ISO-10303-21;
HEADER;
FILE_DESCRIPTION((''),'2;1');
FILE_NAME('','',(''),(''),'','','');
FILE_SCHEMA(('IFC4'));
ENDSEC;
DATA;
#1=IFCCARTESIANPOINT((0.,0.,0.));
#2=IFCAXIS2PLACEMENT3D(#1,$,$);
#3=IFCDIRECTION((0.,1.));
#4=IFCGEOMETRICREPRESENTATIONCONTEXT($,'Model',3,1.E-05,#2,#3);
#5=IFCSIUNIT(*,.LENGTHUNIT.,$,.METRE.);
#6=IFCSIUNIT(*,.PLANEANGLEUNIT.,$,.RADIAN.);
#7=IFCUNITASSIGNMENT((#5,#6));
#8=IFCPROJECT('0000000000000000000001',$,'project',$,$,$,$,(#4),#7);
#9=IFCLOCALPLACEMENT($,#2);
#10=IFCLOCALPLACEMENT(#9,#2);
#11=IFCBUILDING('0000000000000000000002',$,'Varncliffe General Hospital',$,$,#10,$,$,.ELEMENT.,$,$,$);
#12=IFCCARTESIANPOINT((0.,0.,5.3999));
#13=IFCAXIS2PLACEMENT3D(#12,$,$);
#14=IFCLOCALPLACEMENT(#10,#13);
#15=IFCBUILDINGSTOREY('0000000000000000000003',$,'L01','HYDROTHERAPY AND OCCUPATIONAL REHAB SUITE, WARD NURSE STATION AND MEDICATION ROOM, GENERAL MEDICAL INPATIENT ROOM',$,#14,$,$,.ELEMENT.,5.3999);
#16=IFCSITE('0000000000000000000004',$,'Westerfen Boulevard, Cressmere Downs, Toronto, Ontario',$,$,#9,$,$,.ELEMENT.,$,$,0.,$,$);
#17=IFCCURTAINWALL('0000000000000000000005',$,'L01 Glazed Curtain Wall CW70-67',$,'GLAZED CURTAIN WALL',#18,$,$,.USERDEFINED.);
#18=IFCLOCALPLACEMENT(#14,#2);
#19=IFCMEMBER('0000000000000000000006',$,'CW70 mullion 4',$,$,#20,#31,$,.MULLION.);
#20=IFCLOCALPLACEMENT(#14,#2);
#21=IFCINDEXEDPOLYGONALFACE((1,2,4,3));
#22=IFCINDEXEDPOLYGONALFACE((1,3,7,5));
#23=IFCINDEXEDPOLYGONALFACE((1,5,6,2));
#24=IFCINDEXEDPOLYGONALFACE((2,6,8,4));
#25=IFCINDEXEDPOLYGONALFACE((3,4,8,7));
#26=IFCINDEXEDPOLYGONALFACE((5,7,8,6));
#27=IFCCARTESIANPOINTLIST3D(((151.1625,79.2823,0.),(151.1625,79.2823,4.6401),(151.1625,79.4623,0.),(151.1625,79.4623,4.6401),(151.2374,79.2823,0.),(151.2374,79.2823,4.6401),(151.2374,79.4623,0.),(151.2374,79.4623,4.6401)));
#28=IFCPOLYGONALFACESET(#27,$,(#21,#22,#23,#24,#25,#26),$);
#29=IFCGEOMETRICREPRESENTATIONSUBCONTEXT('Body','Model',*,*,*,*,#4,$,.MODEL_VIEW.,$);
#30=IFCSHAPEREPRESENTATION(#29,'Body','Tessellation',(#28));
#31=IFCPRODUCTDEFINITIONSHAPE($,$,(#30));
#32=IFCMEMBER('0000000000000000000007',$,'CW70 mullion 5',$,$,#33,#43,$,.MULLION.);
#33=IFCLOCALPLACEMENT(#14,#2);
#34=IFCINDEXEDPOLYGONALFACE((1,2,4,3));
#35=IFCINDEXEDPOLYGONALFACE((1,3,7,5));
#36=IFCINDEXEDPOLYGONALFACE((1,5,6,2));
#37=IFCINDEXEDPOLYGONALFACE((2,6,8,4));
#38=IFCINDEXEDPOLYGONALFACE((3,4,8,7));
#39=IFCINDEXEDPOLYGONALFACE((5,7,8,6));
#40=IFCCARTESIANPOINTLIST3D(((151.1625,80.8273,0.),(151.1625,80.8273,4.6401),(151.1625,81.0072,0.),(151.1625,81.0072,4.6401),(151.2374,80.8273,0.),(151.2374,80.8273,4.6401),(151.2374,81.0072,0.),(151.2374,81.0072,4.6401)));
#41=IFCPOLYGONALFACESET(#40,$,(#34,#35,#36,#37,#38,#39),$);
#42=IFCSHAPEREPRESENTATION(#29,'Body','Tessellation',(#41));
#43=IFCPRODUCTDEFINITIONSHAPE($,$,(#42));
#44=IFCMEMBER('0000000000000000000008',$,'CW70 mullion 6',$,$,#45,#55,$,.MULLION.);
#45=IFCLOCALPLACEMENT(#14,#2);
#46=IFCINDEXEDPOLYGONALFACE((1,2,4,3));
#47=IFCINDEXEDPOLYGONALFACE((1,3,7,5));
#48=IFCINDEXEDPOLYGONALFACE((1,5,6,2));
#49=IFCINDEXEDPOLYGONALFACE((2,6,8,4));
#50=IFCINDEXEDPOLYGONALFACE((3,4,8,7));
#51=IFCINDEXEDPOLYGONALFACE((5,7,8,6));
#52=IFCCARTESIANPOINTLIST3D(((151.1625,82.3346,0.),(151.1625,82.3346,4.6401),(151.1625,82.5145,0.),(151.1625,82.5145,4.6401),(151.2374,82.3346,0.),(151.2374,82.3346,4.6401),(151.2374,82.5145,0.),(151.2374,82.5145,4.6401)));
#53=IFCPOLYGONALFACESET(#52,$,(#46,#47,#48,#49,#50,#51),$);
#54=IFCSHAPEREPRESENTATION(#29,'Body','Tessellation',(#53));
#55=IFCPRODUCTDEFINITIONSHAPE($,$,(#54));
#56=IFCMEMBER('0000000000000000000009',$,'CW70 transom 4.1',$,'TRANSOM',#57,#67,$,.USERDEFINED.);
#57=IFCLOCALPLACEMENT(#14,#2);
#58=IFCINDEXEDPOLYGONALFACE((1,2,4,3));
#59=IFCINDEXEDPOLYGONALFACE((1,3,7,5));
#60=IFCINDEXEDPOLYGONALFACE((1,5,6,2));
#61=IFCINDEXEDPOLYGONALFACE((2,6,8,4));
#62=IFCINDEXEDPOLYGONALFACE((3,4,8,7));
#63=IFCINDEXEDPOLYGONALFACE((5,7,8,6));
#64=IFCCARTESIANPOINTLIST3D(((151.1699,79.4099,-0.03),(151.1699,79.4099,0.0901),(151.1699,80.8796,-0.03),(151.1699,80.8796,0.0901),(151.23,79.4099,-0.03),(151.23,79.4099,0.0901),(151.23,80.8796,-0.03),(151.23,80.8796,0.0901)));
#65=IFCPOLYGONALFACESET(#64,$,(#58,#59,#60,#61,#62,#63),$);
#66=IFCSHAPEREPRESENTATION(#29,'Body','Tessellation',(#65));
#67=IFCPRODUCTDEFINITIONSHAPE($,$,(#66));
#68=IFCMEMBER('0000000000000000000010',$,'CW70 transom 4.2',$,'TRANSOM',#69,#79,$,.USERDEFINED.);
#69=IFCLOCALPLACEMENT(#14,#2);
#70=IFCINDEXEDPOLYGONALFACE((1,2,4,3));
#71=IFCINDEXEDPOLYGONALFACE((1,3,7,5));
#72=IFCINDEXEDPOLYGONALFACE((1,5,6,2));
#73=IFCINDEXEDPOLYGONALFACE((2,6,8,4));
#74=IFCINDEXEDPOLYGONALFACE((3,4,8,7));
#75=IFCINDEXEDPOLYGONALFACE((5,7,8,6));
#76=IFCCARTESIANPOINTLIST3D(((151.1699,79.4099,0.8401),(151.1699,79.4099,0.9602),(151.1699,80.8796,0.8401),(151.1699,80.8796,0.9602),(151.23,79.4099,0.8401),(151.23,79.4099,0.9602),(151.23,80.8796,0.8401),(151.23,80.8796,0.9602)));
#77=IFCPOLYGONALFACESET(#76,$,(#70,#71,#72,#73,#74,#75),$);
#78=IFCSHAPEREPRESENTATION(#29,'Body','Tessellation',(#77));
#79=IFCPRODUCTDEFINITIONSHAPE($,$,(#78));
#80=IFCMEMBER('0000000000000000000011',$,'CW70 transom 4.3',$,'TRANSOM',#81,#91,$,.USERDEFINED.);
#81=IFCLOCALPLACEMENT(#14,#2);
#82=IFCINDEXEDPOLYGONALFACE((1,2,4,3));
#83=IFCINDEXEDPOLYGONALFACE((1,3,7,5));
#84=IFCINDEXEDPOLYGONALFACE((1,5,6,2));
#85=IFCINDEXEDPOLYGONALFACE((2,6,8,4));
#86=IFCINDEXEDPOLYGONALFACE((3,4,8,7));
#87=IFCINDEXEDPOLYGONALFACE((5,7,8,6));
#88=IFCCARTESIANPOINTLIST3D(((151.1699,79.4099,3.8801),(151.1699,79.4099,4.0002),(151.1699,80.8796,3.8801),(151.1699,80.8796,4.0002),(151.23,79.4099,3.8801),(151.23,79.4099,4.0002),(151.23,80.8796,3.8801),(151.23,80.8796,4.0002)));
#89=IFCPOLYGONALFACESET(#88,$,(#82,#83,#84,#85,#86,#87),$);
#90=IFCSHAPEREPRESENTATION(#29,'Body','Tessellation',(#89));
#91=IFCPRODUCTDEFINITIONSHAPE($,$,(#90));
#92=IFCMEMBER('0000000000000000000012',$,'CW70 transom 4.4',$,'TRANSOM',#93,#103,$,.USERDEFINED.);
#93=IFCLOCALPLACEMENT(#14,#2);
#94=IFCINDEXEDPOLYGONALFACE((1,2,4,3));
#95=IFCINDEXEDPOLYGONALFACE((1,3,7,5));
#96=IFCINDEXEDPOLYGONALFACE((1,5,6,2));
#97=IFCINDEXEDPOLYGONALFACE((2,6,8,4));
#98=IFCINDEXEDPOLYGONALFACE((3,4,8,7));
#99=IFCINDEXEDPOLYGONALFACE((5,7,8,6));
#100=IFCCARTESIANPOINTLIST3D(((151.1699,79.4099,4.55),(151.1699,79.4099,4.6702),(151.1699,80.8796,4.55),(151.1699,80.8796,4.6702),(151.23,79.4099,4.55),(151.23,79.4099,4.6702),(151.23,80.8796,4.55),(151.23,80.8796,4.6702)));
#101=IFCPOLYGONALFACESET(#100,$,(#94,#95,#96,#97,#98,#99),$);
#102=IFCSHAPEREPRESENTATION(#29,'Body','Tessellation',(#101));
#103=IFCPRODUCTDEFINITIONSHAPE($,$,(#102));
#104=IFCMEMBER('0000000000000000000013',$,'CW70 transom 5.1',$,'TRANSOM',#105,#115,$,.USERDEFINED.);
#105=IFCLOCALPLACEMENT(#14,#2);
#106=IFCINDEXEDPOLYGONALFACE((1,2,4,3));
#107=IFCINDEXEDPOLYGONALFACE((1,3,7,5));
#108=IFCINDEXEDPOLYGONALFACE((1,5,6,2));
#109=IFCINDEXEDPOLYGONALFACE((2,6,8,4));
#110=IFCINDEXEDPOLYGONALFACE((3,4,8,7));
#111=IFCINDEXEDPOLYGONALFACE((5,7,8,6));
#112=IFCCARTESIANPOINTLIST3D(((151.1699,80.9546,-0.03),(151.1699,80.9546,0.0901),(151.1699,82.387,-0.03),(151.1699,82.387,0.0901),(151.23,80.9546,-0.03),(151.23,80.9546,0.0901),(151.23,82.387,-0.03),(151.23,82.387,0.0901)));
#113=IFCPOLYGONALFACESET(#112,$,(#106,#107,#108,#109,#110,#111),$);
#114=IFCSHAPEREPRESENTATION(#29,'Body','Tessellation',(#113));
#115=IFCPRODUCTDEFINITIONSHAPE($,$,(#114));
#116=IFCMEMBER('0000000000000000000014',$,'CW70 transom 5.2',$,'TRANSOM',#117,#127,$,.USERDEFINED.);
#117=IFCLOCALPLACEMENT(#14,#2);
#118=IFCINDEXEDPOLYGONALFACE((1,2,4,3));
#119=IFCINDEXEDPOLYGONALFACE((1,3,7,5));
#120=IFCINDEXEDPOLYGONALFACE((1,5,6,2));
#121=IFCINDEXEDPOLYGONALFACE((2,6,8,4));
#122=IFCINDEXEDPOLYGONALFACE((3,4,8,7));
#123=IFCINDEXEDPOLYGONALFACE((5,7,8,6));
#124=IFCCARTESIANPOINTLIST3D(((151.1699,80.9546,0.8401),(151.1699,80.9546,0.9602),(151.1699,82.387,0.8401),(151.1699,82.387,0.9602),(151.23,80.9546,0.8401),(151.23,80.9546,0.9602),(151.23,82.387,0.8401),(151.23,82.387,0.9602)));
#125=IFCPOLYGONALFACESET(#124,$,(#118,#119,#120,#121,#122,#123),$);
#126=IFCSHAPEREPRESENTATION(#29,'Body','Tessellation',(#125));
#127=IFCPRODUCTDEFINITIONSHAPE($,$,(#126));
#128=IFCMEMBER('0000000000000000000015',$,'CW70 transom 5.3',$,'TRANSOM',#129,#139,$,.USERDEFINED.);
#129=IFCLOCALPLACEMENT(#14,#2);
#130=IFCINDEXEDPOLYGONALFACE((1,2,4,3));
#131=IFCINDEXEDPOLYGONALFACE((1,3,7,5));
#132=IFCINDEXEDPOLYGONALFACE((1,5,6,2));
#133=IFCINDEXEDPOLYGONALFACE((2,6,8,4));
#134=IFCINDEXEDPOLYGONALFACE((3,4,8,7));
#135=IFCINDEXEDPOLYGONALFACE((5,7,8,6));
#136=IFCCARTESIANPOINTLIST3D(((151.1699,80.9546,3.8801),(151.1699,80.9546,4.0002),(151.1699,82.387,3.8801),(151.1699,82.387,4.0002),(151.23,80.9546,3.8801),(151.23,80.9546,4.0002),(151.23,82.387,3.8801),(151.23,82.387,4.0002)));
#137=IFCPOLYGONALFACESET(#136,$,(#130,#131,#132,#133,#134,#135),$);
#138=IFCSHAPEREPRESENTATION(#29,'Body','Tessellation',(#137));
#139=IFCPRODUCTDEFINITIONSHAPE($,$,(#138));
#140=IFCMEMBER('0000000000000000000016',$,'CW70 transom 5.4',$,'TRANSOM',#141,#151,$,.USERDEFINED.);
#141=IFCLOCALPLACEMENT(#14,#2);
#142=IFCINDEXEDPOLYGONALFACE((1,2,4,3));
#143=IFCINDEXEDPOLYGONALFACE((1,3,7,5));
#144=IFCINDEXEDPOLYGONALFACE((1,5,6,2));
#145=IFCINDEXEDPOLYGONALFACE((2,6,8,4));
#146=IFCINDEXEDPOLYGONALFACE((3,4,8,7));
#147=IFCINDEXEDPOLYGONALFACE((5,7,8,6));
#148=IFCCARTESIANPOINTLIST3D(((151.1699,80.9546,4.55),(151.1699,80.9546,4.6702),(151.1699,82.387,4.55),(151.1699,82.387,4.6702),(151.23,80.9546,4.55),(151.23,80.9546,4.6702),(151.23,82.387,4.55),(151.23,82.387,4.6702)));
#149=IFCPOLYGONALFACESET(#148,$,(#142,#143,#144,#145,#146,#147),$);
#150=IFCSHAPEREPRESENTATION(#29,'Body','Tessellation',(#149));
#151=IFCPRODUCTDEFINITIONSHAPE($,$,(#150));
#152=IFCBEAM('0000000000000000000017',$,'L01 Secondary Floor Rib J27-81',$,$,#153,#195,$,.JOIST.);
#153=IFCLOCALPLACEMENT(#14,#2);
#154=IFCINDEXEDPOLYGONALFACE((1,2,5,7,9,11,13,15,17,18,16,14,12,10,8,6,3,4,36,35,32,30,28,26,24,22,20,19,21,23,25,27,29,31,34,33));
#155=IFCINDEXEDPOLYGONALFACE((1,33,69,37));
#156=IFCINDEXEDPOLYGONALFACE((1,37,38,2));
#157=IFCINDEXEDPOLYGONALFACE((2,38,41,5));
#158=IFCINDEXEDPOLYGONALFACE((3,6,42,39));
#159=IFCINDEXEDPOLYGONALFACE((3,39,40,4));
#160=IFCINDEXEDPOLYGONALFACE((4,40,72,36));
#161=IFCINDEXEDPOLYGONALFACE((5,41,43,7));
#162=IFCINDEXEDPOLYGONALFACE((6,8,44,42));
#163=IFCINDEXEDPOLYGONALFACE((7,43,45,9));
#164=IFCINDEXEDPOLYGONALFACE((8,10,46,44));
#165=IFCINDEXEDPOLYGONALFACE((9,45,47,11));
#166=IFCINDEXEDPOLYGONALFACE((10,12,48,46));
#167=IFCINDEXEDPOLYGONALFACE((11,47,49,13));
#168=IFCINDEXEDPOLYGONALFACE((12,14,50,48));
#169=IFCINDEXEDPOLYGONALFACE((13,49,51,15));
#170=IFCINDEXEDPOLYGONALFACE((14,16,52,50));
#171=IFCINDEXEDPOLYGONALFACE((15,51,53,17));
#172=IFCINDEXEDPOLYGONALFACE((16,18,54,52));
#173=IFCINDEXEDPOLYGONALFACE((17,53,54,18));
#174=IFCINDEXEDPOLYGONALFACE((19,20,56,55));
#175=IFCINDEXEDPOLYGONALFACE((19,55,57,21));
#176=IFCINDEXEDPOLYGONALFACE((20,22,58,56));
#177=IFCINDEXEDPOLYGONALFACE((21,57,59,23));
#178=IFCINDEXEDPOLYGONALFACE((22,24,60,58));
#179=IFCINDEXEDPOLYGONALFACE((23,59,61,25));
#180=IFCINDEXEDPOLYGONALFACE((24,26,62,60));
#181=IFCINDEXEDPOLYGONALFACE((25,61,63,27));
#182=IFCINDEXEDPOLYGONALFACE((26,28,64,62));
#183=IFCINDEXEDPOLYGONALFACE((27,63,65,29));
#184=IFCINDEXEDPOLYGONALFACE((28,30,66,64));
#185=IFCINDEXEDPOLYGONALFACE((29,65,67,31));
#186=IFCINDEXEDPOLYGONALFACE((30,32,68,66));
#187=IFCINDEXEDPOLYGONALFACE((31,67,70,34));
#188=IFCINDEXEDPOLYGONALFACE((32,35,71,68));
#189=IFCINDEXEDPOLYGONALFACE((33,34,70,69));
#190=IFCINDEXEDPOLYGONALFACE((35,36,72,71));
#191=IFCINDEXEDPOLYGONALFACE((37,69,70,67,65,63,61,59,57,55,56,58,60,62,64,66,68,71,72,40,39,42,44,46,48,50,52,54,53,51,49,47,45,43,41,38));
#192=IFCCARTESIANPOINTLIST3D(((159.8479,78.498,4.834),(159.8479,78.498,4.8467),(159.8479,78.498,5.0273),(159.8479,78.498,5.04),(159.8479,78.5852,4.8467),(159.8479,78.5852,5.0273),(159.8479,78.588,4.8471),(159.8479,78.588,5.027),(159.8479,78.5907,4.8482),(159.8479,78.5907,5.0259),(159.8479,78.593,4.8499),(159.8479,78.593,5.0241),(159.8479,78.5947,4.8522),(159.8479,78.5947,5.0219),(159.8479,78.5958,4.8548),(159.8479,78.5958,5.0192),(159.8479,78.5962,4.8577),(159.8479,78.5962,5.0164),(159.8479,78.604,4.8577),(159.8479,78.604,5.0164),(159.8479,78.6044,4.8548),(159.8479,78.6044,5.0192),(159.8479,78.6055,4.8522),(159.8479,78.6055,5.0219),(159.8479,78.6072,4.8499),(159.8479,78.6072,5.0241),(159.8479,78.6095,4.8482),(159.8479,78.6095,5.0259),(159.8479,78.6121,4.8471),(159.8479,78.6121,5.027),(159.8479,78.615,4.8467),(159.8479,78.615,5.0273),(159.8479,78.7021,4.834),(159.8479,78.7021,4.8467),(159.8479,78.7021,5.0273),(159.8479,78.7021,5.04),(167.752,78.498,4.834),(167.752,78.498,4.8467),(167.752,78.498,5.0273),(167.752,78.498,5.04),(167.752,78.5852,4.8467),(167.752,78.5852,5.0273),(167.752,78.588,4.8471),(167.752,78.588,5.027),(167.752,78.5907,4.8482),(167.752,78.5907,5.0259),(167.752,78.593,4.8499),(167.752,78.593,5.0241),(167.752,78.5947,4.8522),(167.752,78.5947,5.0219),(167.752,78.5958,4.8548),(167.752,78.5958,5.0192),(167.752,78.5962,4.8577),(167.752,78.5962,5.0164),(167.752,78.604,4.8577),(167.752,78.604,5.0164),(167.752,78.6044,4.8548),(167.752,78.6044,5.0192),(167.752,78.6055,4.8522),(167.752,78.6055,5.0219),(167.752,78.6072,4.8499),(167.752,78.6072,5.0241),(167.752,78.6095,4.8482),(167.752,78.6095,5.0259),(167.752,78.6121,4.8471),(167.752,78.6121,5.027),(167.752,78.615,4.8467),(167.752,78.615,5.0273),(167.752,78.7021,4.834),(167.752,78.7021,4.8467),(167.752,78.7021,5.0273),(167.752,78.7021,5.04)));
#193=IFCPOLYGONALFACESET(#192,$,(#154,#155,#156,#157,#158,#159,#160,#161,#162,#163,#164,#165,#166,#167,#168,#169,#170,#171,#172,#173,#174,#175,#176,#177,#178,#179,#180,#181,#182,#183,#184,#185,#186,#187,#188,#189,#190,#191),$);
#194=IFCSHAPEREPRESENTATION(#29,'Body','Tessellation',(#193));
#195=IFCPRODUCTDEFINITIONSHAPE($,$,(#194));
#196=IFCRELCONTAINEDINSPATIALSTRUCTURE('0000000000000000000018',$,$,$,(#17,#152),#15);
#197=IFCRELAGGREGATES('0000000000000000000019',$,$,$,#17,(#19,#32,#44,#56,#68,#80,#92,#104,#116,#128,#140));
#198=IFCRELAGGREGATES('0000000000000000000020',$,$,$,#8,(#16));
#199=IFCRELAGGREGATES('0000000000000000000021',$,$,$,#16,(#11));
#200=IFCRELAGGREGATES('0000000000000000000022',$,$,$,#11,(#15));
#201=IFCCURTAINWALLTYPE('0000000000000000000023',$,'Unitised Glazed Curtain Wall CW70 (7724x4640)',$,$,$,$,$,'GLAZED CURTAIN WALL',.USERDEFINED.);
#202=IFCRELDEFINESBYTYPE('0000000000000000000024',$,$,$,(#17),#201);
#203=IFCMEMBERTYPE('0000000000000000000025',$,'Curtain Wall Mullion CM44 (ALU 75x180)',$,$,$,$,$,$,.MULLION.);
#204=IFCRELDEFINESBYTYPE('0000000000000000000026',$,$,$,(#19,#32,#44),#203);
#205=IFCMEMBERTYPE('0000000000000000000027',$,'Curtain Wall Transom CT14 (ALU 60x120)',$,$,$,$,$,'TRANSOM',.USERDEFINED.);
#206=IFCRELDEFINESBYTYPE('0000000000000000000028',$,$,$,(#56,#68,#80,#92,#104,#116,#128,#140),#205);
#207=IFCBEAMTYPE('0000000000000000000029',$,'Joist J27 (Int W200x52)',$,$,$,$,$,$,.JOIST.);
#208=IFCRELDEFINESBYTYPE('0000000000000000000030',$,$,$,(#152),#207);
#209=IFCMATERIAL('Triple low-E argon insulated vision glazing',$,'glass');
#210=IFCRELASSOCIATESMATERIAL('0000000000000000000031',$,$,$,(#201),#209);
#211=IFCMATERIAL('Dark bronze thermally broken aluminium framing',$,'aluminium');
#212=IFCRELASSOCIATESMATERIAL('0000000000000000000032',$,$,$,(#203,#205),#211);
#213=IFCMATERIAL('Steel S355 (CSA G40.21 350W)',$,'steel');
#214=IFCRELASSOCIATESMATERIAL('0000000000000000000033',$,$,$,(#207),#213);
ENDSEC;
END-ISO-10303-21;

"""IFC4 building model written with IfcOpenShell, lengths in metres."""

from ifc_helpers import new_model, si_unit, direction, frame, origin, origin_2d, place, context, subcontext, project, spatial, rectangle, i_section, extrude, material, material_profile, profile_set, type_object, element, aggregate, save


model = new_model("IFC4")

# Units and contexts
model_context = context("Model", 3, precision=1e-05, world=origin(), true_north=direction((0.0, 1.0)))
body_context = subcontext(model_context, "Body", "Model", "MODEL_VIEW")
ifc_project = project(units=[si_unit("LENGTHUNIT", "METRE"), si_unit("PLANEANGLEUNIT", "RADIAN")], contexts=[model_context])

# Site, building, storey
site_placement = place(None, origin())
site = spatial("IfcSite", under=ifc_project, at=site_placement, Name="Westerfen Boulevard, Cressmere Downs, Toronto, Ontario", CompositionType="ELEMENT", RefElevation=0.0)
building_placement = place(site_placement, origin())
building = spatial("IfcBuilding", under=site, at=building_placement, Name="Varncliffe General Hospital", CompositionType="ELEMENT")
storey_placement = place(building_placement, frame((0.0, 0.0, 5.3999)))
storey = spatial("IfcBuildingStorey", under=building, at=storey_placement, Name="L01", Description="HYDROTHERAPY AND OCCUPATIONAL REHAB SUITE, WARD NURSE STATION AND MEDICATION ROOM, GENERAL MEDICAL INPATIENT ROOM", CompositionType="ELEMENT", Elevation=5.3999)

# Curtain wall, members
ifc_material_1 = material(Name="Triple low-E argon insulated vision glazing", Category="glass")
curtain_wall_type = type_object("IfcCurtainWallType", Name="Unitised Glazed Curtain Wall CW70 (7724x4640)", ElementType="GLAZED CURTAIN WALL", PredefinedType="USERDEFINED", material=ifc_material_1)
curtain_wall_placement = place(storey_placement, origin())
curtain_wall = element("IfcCurtainWall", 1, at=curtain_wall_placement, inside=storey, type_object=curtain_wall_type, Name="L01 Glazed Curtain Wall CW70-67", ObjectType="GLAZED CURTAIN WALL", PredefinedType="USERDEFINED")
ifc_material_2 = material(Name="Dark bronze thermally broken aluminium framing", Category="aluminium")
ifc_material_profile_1 = material_profile(ifc_material_2, rectangle(XDim=0.075, YDim=0.1799, at=origin_2d()), Name="ALU 75x180")
ifc_profile_set_1 = profile_set([ifc_material_profile_1], Name="Dark bronze thermally broken aluminium framing")
member_type_1 = type_object("IfcMemberType", Name="Curtain Wall Mullion CM44 (ALU 75x180)", PredefinedType="MULLION", material=ifc_profile_set_1)
member_1_placement = place(storey_placement, frame((151.2, 79.3723, 0.0), z_axis=(0.0, 0.0, 1.0), x_axis=(-1.0, 0.0, 0.0)))
member_1 = element("IfcMember", 2, at=member_1_placement, type_object=member_type_1, Name="CW70 mullion 4", PredefinedType="MULLION", context=body_context, shape_type="SweptSolid", body=[
    extrude(rectangle(XDim=0.075, YDim=0.1799, at=origin_2d()), origin(), (0.0, 0.0, 1.0), 4.6401),
])
member_2_placement = place(storey_placement, frame((151.2, 80.9172, 0.0), z_axis=(0.0, 0.0, 1.0), x_axis=(-1.0, 0.0, 0.0)))
member_2 = element("IfcMember", 3, at=member_2_placement, type_object=member_type_1, Name="CW70 mullion 5", PredefinedType="MULLION", context=body_context, shape_type="SweptSolid", body=[
    extrude(rectangle(XDim=0.075, YDim=0.1799, at=origin_2d()), origin(), (0.0, 0.0, 1.0), 4.6401),
])
member_3_placement = place(storey_placement, frame((151.2, 82.4246, 0.0), z_axis=(0.0, 0.0, 1.0), x_axis=(-1.0, 0.0, 0.0)))
member_3 = element("IfcMember", 4, at=member_3_placement, type_object=member_type_1, Name="CW70 mullion 6", PredefinedType="MULLION", context=body_context, shape_type="SweptSolid", body=[
    extrude(rectangle(XDim=0.075, YDim=0.1799, at=origin_2d()), origin(), (0.0, 0.0, 1.0), 4.6401),
])
ifc_material_profile_2 = material_profile(ifc_material_2, rectangle(XDim=0.0601, YDim=0.1201, at=origin_2d()), Name="ALU 60x120")
ifc_profile_set_2 = profile_set([ifc_material_profile_2], Name="Dark bronze thermally broken aluminium framing")
member_type_2 = type_object("IfcMemberType", Name="Curtain Wall Transom CT14 (ALU 60x120)", ElementType="TRANSOM", PredefinedType="USERDEFINED", material=ifc_profile_set_2)
member_4_placement = place(storey_placement, frame((151.2, 79.4099, 0.03), z_axis=(0.0, 1.0, 0.0), x_axis=(-1.0, 0.0, 0.0)))
member_4 = element("IfcMember", 5, at=member_4_placement, type_object=member_type_2, Name="CW70 transom 4.1", ObjectType="TRANSOM", PredefinedType="USERDEFINED", context=body_context, shape_type="SweptSolid", body=[
    extrude(rectangle(XDim=0.0601, YDim=0.1201, at=origin_2d()), origin(), (0.0, 0.0, 1.0), 1.4697),
])
member_5_placement = place(storey_placement, frame((151.2, 79.4099, 0.9001), z_axis=(0.0, 1.0, 0.0), x_axis=(-1.0, 0.0, 0.0)))
member_5 = element("IfcMember", 6, at=member_5_placement, type_object=member_type_2, Name="CW70 transom 4.2", ObjectType="TRANSOM", PredefinedType="USERDEFINED", context=body_context, shape_type="SweptSolid", body=[
    extrude(rectangle(XDim=0.0601, YDim=0.1201, at=origin_2d()), origin(), (0.0, 0.0, 1.0), 1.4697),
])
member_6_placement = place(storey_placement, frame((151.2, 79.4099, 3.9402), z_axis=(0.0, 1.0, 0.0), x_axis=(-1.0, 0.0, 0.0)))
member_6 = element("IfcMember", 7, at=member_6_placement, type_object=member_type_2, Name="CW70 transom 4.3", ObjectType="TRANSOM", PredefinedType="USERDEFINED", context=body_context, shape_type="SweptSolid", body=[
    extrude(rectangle(XDim=0.0601, YDim=0.1201, at=origin_2d()), origin(), (0.0, 0.0, 1.0), 1.4697),
])
member_7_placement = place(storey_placement, frame((151.2, 79.4099, 4.6101), z_axis=(0.0, 1.0, 0.0), x_axis=(-1.0, 0.0, 0.0)))
member_7 = element("IfcMember", 8, at=member_7_placement, type_object=member_type_2, Name="CW70 transom 4.4", ObjectType="TRANSOM", PredefinedType="USERDEFINED", context=body_context, shape_type="SweptSolid", body=[
    extrude(rectangle(XDim=0.0601, YDim=0.1201, at=origin_2d()), origin(), (0.0, 0.0, 1.0), 1.4697),
])
member_8_placement = place(storey_placement, frame((151.2, 80.9546, 0.03), z_axis=(0.0, 1.0, 0.0), x_axis=(-1.0, 0.0, 0.0)))
member_8 = element("IfcMember", 9, at=member_8_placement, type_object=member_type_2, Name="CW70 transom 5.1", ObjectType="TRANSOM", PredefinedType="USERDEFINED", context=body_context, shape_type="SweptSolid", body=[
    extrude(rectangle(XDim=0.0601, YDim=0.1201, at=origin_2d()), origin(), (0.0, 0.0, 1.0), 1.4324),
])
member_9_placement = place(storey_placement, frame((151.2, 80.9546, 0.9001), z_axis=(0.0, 1.0, 0.0), x_axis=(-1.0, 0.0, 0.0)))
member_9 = element("IfcMember", 10, at=member_9_placement, type_object=member_type_2, Name="CW70 transom 5.2", ObjectType="TRANSOM", PredefinedType="USERDEFINED", context=body_context, shape_type="SweptSolid", body=[
    extrude(rectangle(XDim=0.0601, YDim=0.1201, at=origin_2d()), origin(), (0.0, 0.0, 1.0), 1.4324),
])
member_10_placement = place(storey_placement, frame((151.2, 80.9546, 3.9402), z_axis=(0.0, 1.0, 0.0), x_axis=(-1.0, 0.0, 0.0)))
member_10 = element("IfcMember", 11, at=member_10_placement, type_object=member_type_2, Name="CW70 transom 5.3", ObjectType="TRANSOM", PredefinedType="USERDEFINED", context=body_context, shape_type="SweptSolid", body=[
    extrude(rectangle(XDim=0.0601, YDim=0.1201, at=origin_2d()), origin(), (0.0, 0.0, 1.0), 1.4324),
])
member_11_placement = place(storey_placement, frame((151.2, 80.9546, 4.6101), z_axis=(0.0, 1.0, 0.0), x_axis=(-1.0, 0.0, 0.0)))
member_11 = element("IfcMember", 12, at=member_11_placement, type_object=member_type_2, Name="CW70 transom 5.4", ObjectType="TRANSOM", PredefinedType="USERDEFINED", context=body_context, shape_type="SweptSolid", body=[
    extrude(rectangle(XDim=0.0601, YDim=0.1201, at=origin_2d()), origin(), (0.0, 0.0, 1.0), 1.4324),
])

# Beam
ifc_material_3 = material(Name="Steel S355 (CSA G40.21 350W)", Category="steel")
ifc_material_profile_3 = material_profile(ifc_material_3, i_section(OverallWidth=0.2041, OverallDepth=0.2061, WebThickness=0.0078, FlangeThickness=0.0127, FilletRadius=0.011, at=origin_2d()), Name="W200x52")
ifc_profile_set_3 = profile_set([ifc_material_profile_3], Name="Steel S355 (CSA G40.21 350W)")
beam_type = type_object("IfcBeamType", Name="Joist J27 (Int W200x52)", PredefinedType="JOIST", material=ifc_profile_set_3)
beam_placement = place(storey_placement, frame((159.8479, 78.6001, 4.937), z_axis=(1.0, 0.0, 0.0), x_axis=(0.0, 1.0, 0.0)))
element("IfcBeam", 13, at=beam_placement, inside=storey, type_object=beam_type, Name="L01 Secondary Floor Rib J27-81", PredefinedType="JOIST", context=body_context, shape_type="SweptSolid", body=[
    extrude(i_section(OverallWidth=0.2041, OverallDepth=0.2061, WebThickness=0.0078, FlangeThickness=0.0127, FilletRadius=0.011, at=origin_2d()), origin(), (0.0, 0.0, 1.0), 7.9041),
])

aggregate(curtain_wall, [member_1, member_2, member_3, member_4, member_5, member_6, member_7, member_8, member_9, member_10, member_11])

save(model, "model.ifc")
